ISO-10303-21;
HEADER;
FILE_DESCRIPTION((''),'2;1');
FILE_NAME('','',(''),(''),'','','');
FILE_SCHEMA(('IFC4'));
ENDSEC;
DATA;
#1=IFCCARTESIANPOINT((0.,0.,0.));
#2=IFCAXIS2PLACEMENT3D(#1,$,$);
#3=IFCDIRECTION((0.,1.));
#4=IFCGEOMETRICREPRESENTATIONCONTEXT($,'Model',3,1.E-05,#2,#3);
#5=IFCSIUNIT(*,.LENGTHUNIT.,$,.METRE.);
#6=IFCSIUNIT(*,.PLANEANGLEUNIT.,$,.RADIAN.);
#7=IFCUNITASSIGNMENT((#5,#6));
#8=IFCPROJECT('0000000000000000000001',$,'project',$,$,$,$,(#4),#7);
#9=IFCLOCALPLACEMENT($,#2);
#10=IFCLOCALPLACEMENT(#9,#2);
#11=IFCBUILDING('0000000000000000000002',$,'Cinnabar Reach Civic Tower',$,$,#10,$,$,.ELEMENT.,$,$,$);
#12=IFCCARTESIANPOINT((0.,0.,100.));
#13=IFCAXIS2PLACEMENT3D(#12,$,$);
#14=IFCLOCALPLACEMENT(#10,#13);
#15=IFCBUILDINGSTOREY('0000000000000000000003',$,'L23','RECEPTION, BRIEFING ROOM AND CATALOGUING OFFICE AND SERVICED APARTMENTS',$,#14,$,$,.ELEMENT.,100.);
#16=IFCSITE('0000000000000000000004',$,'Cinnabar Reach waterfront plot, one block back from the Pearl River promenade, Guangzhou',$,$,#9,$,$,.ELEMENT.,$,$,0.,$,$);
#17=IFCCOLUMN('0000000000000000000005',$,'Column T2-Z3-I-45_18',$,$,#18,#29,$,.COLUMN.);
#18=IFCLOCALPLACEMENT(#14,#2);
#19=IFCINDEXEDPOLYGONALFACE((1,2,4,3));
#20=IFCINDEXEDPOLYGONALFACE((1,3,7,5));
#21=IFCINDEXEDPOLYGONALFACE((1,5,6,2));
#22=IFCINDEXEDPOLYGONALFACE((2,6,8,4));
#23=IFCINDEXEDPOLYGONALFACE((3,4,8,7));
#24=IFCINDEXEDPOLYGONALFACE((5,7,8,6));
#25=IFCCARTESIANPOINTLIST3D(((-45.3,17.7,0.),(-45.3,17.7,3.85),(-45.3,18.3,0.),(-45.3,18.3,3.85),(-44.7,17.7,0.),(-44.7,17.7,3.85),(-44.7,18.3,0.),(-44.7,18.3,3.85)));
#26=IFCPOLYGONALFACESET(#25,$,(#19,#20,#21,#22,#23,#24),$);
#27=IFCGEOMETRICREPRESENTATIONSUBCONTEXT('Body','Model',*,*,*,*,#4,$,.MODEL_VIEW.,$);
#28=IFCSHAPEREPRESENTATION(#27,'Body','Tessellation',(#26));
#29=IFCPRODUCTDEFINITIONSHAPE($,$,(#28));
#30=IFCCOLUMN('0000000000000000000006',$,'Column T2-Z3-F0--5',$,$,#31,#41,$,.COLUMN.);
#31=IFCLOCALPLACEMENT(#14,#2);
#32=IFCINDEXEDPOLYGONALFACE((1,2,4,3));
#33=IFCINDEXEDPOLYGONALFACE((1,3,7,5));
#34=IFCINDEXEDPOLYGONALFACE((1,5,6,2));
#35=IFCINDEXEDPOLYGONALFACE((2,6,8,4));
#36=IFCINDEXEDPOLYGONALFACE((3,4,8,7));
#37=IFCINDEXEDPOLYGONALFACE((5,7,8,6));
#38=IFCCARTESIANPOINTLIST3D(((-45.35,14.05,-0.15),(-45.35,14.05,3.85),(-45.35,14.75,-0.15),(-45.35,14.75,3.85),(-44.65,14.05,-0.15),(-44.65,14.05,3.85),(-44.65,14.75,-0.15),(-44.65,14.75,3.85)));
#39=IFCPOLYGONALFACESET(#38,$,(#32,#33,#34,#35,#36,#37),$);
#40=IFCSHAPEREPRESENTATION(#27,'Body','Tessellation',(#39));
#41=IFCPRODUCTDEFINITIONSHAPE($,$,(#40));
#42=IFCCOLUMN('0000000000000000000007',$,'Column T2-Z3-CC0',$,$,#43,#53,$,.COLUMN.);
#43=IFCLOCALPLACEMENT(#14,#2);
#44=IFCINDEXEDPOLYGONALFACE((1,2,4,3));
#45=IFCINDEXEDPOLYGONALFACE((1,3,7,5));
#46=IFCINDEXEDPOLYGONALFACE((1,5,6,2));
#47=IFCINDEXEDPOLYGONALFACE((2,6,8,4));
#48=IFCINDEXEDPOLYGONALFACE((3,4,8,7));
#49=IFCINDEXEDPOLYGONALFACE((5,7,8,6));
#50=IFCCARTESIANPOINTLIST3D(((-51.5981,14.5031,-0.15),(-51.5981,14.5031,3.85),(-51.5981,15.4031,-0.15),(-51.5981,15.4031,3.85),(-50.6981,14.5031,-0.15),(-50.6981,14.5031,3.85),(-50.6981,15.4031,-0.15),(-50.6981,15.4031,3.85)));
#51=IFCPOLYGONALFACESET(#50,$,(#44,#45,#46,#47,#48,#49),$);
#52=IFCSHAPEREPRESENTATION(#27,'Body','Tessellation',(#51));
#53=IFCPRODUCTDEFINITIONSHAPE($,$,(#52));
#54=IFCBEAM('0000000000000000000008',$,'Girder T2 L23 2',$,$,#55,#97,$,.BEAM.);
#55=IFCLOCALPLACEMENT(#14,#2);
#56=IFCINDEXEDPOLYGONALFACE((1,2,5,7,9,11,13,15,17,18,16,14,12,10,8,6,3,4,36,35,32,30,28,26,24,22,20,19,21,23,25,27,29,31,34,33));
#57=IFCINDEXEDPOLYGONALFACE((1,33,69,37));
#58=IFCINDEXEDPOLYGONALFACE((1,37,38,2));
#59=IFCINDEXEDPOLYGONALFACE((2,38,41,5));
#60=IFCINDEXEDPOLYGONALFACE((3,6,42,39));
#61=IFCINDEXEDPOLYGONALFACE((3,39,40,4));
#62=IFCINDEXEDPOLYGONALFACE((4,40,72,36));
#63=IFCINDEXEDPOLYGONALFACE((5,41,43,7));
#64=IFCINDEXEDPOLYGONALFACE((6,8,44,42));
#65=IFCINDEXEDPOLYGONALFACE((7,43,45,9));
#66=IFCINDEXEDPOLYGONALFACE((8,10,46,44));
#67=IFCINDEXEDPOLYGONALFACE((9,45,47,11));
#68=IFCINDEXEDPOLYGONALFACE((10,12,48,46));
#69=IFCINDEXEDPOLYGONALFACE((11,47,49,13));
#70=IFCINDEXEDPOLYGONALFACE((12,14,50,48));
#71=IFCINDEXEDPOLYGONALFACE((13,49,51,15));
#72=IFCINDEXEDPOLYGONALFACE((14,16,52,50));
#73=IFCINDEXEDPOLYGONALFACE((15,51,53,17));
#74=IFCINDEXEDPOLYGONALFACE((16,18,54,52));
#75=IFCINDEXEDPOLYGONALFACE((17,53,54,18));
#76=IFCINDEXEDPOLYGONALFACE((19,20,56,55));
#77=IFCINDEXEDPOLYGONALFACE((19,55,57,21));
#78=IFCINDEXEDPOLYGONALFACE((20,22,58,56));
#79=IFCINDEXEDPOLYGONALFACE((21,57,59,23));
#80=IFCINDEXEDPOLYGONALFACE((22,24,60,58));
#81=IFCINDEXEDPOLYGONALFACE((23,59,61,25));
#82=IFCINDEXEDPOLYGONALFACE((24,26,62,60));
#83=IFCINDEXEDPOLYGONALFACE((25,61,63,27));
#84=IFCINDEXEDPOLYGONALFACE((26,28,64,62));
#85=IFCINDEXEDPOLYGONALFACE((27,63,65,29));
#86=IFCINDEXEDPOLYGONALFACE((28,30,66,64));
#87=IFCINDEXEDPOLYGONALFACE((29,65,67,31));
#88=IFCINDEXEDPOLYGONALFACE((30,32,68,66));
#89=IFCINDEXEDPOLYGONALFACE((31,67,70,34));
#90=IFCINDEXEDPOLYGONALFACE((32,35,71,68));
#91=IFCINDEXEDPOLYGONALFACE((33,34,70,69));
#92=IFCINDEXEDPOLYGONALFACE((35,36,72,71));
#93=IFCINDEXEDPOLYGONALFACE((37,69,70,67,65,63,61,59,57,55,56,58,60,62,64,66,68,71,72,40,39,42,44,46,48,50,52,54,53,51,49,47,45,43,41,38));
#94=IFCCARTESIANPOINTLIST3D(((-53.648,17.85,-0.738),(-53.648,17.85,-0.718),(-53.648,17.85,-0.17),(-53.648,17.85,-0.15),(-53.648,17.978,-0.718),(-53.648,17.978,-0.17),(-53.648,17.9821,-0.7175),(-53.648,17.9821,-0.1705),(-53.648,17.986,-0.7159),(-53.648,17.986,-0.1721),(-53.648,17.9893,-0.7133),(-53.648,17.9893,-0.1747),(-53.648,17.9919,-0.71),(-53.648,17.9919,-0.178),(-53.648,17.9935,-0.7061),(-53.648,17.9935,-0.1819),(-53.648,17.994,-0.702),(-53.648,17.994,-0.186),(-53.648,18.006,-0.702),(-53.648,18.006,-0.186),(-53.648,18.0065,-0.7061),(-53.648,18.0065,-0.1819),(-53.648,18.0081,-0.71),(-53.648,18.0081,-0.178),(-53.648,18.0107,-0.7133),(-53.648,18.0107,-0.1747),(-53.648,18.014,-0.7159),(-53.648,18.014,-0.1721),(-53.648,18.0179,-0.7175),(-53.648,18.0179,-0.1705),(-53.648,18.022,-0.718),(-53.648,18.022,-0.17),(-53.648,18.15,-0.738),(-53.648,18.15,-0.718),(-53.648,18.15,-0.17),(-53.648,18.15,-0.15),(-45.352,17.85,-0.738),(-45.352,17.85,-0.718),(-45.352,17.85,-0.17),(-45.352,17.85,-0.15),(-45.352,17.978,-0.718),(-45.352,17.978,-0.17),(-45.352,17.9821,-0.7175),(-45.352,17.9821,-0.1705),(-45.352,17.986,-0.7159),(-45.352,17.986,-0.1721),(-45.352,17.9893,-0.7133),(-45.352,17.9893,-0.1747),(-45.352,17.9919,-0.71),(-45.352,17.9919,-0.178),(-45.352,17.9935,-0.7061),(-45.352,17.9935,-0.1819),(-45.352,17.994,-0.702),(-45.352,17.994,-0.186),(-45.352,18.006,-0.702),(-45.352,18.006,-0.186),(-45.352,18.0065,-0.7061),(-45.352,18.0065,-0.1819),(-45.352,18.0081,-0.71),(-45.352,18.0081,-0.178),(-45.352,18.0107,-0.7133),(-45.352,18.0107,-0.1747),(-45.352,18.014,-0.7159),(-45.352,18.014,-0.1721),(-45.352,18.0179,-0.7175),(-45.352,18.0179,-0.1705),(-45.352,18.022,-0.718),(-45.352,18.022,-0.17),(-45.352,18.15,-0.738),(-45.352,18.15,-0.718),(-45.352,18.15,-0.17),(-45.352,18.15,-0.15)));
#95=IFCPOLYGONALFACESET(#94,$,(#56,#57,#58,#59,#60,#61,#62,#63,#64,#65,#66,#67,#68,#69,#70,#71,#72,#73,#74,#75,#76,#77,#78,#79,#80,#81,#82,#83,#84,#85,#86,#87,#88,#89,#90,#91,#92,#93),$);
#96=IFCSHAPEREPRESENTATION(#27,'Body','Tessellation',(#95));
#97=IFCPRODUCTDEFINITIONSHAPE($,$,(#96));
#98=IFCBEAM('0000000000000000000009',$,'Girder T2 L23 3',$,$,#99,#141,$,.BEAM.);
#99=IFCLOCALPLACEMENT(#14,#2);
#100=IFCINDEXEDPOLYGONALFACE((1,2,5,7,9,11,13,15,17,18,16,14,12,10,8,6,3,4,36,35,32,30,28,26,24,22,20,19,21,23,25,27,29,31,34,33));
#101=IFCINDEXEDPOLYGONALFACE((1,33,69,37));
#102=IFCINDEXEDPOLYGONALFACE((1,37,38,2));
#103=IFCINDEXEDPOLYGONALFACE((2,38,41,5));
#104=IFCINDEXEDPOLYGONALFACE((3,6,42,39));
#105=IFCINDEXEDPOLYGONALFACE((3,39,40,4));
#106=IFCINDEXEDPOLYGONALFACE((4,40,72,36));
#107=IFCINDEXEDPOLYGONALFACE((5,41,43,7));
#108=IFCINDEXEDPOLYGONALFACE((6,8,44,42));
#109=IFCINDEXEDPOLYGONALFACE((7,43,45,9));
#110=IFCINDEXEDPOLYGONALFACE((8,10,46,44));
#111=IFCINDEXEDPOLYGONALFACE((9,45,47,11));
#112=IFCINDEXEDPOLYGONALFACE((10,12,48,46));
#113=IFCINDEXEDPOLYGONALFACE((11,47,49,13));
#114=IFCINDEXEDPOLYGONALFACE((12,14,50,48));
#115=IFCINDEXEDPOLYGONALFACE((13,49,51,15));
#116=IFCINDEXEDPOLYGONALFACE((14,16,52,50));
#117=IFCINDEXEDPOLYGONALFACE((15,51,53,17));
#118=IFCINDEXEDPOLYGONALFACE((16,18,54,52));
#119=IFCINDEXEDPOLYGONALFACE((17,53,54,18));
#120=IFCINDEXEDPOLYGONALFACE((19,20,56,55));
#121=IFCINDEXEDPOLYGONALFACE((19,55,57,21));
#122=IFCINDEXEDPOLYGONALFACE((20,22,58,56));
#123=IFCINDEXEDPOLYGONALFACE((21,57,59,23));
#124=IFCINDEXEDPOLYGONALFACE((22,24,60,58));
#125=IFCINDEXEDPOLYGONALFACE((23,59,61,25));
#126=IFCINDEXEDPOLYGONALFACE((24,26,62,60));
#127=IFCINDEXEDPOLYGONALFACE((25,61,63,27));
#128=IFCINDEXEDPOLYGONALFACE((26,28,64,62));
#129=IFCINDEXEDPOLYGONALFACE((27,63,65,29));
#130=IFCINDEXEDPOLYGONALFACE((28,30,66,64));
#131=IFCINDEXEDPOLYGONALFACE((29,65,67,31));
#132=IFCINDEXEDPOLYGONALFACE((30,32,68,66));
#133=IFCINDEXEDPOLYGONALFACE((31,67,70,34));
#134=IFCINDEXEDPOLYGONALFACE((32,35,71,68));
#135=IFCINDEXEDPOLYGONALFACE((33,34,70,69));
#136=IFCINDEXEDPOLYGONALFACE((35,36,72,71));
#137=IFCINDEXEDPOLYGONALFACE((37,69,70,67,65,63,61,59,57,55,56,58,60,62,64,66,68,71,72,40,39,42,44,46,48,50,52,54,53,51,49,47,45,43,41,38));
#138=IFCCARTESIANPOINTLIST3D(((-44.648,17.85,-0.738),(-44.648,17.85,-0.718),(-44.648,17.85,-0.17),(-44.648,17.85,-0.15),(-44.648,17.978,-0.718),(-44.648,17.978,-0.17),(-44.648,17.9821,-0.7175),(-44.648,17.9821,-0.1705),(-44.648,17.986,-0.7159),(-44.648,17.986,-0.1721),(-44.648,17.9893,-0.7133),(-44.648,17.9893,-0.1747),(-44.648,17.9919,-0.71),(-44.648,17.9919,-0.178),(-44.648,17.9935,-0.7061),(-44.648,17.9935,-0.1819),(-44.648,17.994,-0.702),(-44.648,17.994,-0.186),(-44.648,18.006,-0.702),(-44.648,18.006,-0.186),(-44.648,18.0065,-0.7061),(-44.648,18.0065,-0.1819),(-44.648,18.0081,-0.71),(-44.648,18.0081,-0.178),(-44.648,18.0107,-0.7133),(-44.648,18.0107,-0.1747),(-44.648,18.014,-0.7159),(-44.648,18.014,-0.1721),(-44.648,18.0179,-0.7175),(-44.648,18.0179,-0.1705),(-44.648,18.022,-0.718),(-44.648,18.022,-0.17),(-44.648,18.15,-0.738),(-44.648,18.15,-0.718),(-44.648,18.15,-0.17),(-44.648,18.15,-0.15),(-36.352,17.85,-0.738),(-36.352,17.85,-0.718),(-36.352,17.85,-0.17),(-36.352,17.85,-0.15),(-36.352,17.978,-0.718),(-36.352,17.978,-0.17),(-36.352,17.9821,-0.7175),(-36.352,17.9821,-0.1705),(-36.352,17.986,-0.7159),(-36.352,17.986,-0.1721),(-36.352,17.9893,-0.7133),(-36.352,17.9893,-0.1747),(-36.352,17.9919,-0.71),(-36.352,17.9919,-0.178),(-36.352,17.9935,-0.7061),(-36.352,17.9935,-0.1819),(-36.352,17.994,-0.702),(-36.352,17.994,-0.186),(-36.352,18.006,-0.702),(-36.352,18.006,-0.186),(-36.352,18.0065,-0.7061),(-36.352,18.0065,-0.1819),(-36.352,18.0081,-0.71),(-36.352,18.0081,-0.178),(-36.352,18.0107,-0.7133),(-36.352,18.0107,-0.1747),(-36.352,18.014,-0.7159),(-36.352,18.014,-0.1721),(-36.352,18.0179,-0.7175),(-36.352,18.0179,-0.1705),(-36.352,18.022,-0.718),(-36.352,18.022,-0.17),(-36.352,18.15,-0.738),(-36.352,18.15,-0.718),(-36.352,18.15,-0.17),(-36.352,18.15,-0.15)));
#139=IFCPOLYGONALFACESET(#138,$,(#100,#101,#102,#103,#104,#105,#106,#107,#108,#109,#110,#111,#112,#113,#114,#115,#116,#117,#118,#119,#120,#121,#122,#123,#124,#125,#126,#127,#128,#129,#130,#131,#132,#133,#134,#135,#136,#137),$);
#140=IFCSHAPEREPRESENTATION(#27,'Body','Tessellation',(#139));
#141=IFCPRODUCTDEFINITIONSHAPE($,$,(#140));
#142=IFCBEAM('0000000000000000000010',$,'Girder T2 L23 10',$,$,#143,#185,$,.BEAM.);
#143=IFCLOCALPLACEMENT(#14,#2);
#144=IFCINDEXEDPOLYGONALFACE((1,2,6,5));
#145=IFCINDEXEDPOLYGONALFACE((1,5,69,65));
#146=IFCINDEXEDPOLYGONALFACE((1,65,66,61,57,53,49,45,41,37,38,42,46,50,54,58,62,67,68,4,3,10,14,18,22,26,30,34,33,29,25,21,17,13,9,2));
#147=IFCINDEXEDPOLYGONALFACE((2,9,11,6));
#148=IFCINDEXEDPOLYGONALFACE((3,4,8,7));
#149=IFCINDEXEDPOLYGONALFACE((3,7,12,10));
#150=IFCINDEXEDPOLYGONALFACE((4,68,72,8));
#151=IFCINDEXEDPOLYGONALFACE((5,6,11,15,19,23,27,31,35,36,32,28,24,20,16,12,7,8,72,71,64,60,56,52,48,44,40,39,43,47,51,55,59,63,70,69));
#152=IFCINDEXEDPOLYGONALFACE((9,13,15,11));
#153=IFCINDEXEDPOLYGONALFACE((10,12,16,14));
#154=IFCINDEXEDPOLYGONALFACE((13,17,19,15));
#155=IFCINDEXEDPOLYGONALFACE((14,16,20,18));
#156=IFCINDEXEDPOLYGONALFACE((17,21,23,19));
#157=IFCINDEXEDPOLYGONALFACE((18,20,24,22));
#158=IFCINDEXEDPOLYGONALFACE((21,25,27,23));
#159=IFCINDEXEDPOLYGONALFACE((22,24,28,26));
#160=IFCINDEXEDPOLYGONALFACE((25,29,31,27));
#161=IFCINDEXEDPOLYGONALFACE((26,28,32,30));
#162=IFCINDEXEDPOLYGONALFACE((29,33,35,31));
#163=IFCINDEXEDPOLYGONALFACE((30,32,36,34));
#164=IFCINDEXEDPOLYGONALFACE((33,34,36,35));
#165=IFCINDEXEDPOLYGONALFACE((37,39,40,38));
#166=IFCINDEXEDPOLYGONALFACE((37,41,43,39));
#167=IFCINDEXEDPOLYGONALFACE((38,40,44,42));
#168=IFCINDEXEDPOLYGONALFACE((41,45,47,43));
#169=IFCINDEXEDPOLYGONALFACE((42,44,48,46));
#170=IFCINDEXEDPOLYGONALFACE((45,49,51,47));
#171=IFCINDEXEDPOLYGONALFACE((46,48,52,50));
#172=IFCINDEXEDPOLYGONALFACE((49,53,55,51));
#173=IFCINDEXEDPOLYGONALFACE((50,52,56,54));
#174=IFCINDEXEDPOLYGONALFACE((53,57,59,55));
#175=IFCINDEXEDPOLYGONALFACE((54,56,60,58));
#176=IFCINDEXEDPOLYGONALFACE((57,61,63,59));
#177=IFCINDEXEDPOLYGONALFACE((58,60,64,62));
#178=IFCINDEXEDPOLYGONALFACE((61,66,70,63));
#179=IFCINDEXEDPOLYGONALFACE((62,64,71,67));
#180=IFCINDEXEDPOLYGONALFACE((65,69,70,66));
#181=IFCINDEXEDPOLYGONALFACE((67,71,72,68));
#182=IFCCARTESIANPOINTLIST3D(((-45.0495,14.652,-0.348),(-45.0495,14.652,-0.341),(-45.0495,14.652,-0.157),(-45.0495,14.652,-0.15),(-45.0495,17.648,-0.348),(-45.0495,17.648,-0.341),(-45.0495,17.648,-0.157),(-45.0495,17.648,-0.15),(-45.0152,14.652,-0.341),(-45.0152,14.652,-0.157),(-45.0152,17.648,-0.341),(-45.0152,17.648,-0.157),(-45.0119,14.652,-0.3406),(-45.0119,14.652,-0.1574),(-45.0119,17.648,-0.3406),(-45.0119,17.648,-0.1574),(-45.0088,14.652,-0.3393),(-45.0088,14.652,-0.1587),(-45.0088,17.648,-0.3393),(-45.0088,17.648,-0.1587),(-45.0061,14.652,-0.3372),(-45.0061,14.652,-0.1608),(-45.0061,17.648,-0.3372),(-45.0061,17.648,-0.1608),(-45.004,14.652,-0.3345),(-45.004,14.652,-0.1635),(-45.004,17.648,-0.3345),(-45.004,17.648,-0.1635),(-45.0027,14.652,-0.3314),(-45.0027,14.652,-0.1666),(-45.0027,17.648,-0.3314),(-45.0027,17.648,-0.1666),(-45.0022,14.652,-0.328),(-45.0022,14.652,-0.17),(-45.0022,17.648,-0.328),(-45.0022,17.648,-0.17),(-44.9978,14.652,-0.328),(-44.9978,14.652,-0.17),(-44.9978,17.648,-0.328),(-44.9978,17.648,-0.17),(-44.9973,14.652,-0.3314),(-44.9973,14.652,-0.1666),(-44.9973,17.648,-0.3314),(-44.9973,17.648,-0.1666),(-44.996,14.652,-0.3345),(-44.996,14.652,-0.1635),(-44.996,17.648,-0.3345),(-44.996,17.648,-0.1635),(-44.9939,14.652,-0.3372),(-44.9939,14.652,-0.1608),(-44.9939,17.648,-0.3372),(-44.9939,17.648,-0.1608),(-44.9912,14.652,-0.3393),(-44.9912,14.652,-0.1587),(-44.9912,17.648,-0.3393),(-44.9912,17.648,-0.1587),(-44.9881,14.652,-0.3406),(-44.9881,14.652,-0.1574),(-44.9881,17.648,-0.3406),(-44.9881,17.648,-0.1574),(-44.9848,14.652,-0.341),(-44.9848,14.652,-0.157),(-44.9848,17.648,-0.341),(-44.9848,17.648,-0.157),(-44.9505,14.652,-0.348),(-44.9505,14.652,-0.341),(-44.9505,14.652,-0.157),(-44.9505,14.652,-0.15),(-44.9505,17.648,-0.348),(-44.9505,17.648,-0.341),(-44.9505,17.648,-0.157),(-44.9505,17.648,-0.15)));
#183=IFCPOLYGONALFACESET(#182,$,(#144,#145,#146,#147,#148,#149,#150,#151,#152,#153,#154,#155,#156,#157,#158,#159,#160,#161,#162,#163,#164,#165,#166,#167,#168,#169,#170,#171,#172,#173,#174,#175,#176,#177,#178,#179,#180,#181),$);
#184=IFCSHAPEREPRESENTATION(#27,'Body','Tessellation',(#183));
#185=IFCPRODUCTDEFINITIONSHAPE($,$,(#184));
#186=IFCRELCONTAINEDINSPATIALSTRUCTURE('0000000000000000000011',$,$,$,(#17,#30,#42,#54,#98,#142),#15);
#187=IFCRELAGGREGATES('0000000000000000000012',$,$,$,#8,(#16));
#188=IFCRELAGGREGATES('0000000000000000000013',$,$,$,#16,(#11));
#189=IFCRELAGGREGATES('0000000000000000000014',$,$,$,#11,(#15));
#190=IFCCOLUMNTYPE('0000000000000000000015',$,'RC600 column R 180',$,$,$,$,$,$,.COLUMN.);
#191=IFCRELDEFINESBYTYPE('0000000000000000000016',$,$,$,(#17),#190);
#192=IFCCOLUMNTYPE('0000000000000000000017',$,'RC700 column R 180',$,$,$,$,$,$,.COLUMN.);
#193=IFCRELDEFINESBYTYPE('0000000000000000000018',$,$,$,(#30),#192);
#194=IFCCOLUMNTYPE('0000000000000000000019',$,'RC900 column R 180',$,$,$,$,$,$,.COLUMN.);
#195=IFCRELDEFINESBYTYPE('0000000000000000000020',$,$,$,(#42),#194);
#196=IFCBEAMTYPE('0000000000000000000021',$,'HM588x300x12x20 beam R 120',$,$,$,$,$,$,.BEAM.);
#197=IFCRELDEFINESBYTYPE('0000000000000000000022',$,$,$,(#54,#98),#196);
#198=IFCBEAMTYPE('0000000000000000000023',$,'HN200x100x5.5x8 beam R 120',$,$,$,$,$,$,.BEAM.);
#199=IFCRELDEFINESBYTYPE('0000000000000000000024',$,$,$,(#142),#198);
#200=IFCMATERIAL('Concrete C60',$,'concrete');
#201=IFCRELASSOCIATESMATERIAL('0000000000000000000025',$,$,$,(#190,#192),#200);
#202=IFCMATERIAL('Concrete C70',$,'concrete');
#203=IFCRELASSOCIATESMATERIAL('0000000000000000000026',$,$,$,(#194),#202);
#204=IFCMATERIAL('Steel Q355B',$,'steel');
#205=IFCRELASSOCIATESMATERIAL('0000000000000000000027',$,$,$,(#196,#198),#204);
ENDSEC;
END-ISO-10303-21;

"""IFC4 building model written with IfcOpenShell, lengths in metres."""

from ifc_helpers import new_model, si_unit, direction, frame, origin, origin_2d, place, context, subcontext, project, spatial, rectangle, i_section, extrude, material, material_profile, profile_set, type_object, element, save


model = new_model("IFC4")

# Units and contexts
model_context = context("Model", 3, precision=1e-05, world=origin(), true_north=direction((0.0, 1.0)))
body_context = subcontext(model_context, "Body", "Model", "MODEL_VIEW")
ifc_project = project(units=[si_unit("LENGTHUNIT", "METRE"), si_unit("PLANEANGLEUNIT", "RADIAN")], contexts=[model_context])

# Site, building, storey
site_placement = place(None, origin())
site = spatial("IfcSite", under=ifc_project, at=site_placement, Name="Cinnabar Reach waterfront plot, one block back from the Pearl River promenade, Guangzhou", CompositionType="ELEMENT", RefElevation=0.0)
building_placement = place(site_placement, origin())
building = spatial("IfcBuilding", under=site, at=building_placement, Name="Cinnabar Reach Civic Tower", CompositionType="ELEMENT")
storey_placement = place(building_placement, frame((0.0, 0.0, 100.0)))
storey = spatial("IfcBuildingStorey", under=building, at=storey_placement, Name="L23", Description="RECEPTION, BRIEFING ROOM AND CATALOGUING OFFICE AND SERVICED APARTMENTS", CompositionType="ELEMENT", Elevation=100.0)

# Columns
ifc_material_1 = material(Name="Concrete C60", Category="concrete")
ifc_material_profile_1 = material_profile(ifc_material_1, rectangle(XDim=0.6, YDim=0.6, at=origin_2d()), Name="RC600")
ifc_profile_set_1 = profile_set([ifc_material_profile_1], Name="Concrete C60")
column_type_1 = type_object("IfcColumnType", Name="RC600 column R 180", PredefinedType="COLUMN", material=ifc_profile_set_1)
column_1_placement = place(storey_placement, frame((-45.0, 18.0, 0.0), z_axis=(0.0, 0.0, 1.0), x_axis=(1.0, 0.0, 0.0)))
element("IfcColumn", 1, at=column_1_placement, inside=storey, type_object=column_type_1, Name="Column T2-Z3-I-45_18", PredefinedType="COLUMN", context=body_context, shape_type="SweptSolid", body=[
    extrude(rectangle(XDim=0.6, YDim=0.6, at=origin_2d()), origin(), (0.0, 0.0, 1.0), 3.85),
])
ifc_material_profile_2 = material_profile(ifc_material_1, rectangle(XDim=0.7, YDim=0.7, at=origin_2d()), Name="RC700")
ifc_profile_set_2 = profile_set([ifc_material_profile_2], Name="Concrete C60")
column_type_2 = type_object("IfcColumnType", Name="RC700 column R 180", PredefinedType="COLUMN", material=ifc_profile_set_2)
column_2_placement = place(storey_placement, frame((-45.0, 14.4, -0.15), z_axis=(0.0, 0.0, 1.0), x_axis=(1.0, 0.0, 0.0)))
element("IfcColumn", 2, at=column_2_placement, inside=storey, type_object=column_type_2, Name="Column T2-Z3-F0--5", PredefinedType="COLUMN", context=body_context, shape_type="SweptSolid", body=[
    extrude(rectangle(XDim=0.7, YDim=0.7, at=origin_2d()), origin(), (0.0, 0.0, 1.0), 4.0),
])
ifc_material_2 = material(Name="Concrete C70", Category="concrete")
ifc_material_profile_3 = material_profile(ifc_material_2, rectangle(XDim=0.9, YDim=0.9, at=origin_2d()), Name="RC900")
ifc_profile_set_3 = profile_set([ifc_material_profile_3], Name="Concrete C70")
column_type_3 = type_object("IfcColumnType", Name="RC900 column R 180", PredefinedType="COLUMN", material=ifc_profile_set_3)
column_3_placement = place(storey_placement, frame((-51.1481, 14.9531, -0.15), z_axis=(0.0, 0.0, 1.0), x_axis=(1.0, 0.0, 0.0)))
element("IfcColumn", 3, at=column_3_placement, inside=storey, type_object=column_type_3, Name="Column T2-Z3-CC0", PredefinedType="COLUMN", context=body_context, shape_type="SweptSolid", body=[
    extrude(rectangle(XDim=0.9, YDim=0.9, at=origin_2d()), origin(), (0.0, 0.0, 1.0), 4.0),
])

# Beams
ifc_material_3 = material(Name="Steel Q355B", Category="steel")
ifc_material_profile_4 = material_profile(ifc_material_3, i_section(OverallWidth=0.3, OverallDepth=0.588, WebThickness=0.012, FlangeThickness=0.02, FilletRadius=0.016, at=origin_2d()), Name="HM588x300x12x20")
ifc_profile_set_4 = profile_set([ifc_material_profile_4], Name="Steel Q355B")
beam_type_1 = type_object("IfcBeamType", Name="HM588x300x12x20 beam R 120", PredefinedType="BEAM", material=ifc_profile_set_4)
for number, where, z_axis, x_axis, name in (
    (4, (-53.648, 18.0, -0.444), (1.0, 0.0, 0.0), (0.0, 1.0, 0.0), "Girder T2 L23 2"),
    (5, (-44.648, 18.0, -0.444), (1.0, 0.0, 0.0), (0.0, 1.0, 0.0), "Girder T2 L23 3"),
):
    element("IfcBeam", number, at=place(storey_placement, frame(where, z_axis=z_axis, x_axis=x_axis)), inside=storey, type_object=beam_type_1, Name=name, PredefinedType="BEAM", context=body_context, shape_type="SweptSolid", body=[
        extrude(i_section(OverallWidth=0.3, OverallDepth=0.588, WebThickness=0.012, FlangeThickness=0.02, FilletRadius=0.016, at=origin_2d()), origin(), (0.0, 0.0, 1.0), 8.296),
    ])
ifc_material_profile_5 = material_profile(ifc_material_3, i_section(OverallWidth=0.099, OverallDepth=0.198, WebThickness=0.0045, FlangeThickness=0.007, FilletRadius=0.013, at=origin_2d()), Name="HN200x100x5.5x8")
ifc_profile_set_5 = profile_set([ifc_material_profile_5], Name="Steel Q355B")
beam_type_2 = type_object("IfcBeamType", Name="HN200x100x5.5x8 beam R 120", PredefinedType="BEAM", material=ifc_profile_set_5)
beam_1_placement = place(storey_placement, frame((-45.0, 14.652, -0.249), z_axis=(0.0, 1.0, 0.0), x_axis=(-1.0, 0.0, 0.0)))
element("IfcBeam", 6, at=beam_1_placement, inside=storey, type_object=beam_type_2, Name="Girder T2 L23 10", PredefinedType="BEAM", context=body_context, shape_type="SweptSolid", body=[
    extrude(i_section(OverallWidth=0.099, OverallDepth=0.198, WebThickness=0.0045, FlangeThickness=0.007, FilletRadius=0.013, at=origin_2d()), origin(), (0.0, 0.0, 1.0), 2.996),
])

save(model, "model.ifc")
